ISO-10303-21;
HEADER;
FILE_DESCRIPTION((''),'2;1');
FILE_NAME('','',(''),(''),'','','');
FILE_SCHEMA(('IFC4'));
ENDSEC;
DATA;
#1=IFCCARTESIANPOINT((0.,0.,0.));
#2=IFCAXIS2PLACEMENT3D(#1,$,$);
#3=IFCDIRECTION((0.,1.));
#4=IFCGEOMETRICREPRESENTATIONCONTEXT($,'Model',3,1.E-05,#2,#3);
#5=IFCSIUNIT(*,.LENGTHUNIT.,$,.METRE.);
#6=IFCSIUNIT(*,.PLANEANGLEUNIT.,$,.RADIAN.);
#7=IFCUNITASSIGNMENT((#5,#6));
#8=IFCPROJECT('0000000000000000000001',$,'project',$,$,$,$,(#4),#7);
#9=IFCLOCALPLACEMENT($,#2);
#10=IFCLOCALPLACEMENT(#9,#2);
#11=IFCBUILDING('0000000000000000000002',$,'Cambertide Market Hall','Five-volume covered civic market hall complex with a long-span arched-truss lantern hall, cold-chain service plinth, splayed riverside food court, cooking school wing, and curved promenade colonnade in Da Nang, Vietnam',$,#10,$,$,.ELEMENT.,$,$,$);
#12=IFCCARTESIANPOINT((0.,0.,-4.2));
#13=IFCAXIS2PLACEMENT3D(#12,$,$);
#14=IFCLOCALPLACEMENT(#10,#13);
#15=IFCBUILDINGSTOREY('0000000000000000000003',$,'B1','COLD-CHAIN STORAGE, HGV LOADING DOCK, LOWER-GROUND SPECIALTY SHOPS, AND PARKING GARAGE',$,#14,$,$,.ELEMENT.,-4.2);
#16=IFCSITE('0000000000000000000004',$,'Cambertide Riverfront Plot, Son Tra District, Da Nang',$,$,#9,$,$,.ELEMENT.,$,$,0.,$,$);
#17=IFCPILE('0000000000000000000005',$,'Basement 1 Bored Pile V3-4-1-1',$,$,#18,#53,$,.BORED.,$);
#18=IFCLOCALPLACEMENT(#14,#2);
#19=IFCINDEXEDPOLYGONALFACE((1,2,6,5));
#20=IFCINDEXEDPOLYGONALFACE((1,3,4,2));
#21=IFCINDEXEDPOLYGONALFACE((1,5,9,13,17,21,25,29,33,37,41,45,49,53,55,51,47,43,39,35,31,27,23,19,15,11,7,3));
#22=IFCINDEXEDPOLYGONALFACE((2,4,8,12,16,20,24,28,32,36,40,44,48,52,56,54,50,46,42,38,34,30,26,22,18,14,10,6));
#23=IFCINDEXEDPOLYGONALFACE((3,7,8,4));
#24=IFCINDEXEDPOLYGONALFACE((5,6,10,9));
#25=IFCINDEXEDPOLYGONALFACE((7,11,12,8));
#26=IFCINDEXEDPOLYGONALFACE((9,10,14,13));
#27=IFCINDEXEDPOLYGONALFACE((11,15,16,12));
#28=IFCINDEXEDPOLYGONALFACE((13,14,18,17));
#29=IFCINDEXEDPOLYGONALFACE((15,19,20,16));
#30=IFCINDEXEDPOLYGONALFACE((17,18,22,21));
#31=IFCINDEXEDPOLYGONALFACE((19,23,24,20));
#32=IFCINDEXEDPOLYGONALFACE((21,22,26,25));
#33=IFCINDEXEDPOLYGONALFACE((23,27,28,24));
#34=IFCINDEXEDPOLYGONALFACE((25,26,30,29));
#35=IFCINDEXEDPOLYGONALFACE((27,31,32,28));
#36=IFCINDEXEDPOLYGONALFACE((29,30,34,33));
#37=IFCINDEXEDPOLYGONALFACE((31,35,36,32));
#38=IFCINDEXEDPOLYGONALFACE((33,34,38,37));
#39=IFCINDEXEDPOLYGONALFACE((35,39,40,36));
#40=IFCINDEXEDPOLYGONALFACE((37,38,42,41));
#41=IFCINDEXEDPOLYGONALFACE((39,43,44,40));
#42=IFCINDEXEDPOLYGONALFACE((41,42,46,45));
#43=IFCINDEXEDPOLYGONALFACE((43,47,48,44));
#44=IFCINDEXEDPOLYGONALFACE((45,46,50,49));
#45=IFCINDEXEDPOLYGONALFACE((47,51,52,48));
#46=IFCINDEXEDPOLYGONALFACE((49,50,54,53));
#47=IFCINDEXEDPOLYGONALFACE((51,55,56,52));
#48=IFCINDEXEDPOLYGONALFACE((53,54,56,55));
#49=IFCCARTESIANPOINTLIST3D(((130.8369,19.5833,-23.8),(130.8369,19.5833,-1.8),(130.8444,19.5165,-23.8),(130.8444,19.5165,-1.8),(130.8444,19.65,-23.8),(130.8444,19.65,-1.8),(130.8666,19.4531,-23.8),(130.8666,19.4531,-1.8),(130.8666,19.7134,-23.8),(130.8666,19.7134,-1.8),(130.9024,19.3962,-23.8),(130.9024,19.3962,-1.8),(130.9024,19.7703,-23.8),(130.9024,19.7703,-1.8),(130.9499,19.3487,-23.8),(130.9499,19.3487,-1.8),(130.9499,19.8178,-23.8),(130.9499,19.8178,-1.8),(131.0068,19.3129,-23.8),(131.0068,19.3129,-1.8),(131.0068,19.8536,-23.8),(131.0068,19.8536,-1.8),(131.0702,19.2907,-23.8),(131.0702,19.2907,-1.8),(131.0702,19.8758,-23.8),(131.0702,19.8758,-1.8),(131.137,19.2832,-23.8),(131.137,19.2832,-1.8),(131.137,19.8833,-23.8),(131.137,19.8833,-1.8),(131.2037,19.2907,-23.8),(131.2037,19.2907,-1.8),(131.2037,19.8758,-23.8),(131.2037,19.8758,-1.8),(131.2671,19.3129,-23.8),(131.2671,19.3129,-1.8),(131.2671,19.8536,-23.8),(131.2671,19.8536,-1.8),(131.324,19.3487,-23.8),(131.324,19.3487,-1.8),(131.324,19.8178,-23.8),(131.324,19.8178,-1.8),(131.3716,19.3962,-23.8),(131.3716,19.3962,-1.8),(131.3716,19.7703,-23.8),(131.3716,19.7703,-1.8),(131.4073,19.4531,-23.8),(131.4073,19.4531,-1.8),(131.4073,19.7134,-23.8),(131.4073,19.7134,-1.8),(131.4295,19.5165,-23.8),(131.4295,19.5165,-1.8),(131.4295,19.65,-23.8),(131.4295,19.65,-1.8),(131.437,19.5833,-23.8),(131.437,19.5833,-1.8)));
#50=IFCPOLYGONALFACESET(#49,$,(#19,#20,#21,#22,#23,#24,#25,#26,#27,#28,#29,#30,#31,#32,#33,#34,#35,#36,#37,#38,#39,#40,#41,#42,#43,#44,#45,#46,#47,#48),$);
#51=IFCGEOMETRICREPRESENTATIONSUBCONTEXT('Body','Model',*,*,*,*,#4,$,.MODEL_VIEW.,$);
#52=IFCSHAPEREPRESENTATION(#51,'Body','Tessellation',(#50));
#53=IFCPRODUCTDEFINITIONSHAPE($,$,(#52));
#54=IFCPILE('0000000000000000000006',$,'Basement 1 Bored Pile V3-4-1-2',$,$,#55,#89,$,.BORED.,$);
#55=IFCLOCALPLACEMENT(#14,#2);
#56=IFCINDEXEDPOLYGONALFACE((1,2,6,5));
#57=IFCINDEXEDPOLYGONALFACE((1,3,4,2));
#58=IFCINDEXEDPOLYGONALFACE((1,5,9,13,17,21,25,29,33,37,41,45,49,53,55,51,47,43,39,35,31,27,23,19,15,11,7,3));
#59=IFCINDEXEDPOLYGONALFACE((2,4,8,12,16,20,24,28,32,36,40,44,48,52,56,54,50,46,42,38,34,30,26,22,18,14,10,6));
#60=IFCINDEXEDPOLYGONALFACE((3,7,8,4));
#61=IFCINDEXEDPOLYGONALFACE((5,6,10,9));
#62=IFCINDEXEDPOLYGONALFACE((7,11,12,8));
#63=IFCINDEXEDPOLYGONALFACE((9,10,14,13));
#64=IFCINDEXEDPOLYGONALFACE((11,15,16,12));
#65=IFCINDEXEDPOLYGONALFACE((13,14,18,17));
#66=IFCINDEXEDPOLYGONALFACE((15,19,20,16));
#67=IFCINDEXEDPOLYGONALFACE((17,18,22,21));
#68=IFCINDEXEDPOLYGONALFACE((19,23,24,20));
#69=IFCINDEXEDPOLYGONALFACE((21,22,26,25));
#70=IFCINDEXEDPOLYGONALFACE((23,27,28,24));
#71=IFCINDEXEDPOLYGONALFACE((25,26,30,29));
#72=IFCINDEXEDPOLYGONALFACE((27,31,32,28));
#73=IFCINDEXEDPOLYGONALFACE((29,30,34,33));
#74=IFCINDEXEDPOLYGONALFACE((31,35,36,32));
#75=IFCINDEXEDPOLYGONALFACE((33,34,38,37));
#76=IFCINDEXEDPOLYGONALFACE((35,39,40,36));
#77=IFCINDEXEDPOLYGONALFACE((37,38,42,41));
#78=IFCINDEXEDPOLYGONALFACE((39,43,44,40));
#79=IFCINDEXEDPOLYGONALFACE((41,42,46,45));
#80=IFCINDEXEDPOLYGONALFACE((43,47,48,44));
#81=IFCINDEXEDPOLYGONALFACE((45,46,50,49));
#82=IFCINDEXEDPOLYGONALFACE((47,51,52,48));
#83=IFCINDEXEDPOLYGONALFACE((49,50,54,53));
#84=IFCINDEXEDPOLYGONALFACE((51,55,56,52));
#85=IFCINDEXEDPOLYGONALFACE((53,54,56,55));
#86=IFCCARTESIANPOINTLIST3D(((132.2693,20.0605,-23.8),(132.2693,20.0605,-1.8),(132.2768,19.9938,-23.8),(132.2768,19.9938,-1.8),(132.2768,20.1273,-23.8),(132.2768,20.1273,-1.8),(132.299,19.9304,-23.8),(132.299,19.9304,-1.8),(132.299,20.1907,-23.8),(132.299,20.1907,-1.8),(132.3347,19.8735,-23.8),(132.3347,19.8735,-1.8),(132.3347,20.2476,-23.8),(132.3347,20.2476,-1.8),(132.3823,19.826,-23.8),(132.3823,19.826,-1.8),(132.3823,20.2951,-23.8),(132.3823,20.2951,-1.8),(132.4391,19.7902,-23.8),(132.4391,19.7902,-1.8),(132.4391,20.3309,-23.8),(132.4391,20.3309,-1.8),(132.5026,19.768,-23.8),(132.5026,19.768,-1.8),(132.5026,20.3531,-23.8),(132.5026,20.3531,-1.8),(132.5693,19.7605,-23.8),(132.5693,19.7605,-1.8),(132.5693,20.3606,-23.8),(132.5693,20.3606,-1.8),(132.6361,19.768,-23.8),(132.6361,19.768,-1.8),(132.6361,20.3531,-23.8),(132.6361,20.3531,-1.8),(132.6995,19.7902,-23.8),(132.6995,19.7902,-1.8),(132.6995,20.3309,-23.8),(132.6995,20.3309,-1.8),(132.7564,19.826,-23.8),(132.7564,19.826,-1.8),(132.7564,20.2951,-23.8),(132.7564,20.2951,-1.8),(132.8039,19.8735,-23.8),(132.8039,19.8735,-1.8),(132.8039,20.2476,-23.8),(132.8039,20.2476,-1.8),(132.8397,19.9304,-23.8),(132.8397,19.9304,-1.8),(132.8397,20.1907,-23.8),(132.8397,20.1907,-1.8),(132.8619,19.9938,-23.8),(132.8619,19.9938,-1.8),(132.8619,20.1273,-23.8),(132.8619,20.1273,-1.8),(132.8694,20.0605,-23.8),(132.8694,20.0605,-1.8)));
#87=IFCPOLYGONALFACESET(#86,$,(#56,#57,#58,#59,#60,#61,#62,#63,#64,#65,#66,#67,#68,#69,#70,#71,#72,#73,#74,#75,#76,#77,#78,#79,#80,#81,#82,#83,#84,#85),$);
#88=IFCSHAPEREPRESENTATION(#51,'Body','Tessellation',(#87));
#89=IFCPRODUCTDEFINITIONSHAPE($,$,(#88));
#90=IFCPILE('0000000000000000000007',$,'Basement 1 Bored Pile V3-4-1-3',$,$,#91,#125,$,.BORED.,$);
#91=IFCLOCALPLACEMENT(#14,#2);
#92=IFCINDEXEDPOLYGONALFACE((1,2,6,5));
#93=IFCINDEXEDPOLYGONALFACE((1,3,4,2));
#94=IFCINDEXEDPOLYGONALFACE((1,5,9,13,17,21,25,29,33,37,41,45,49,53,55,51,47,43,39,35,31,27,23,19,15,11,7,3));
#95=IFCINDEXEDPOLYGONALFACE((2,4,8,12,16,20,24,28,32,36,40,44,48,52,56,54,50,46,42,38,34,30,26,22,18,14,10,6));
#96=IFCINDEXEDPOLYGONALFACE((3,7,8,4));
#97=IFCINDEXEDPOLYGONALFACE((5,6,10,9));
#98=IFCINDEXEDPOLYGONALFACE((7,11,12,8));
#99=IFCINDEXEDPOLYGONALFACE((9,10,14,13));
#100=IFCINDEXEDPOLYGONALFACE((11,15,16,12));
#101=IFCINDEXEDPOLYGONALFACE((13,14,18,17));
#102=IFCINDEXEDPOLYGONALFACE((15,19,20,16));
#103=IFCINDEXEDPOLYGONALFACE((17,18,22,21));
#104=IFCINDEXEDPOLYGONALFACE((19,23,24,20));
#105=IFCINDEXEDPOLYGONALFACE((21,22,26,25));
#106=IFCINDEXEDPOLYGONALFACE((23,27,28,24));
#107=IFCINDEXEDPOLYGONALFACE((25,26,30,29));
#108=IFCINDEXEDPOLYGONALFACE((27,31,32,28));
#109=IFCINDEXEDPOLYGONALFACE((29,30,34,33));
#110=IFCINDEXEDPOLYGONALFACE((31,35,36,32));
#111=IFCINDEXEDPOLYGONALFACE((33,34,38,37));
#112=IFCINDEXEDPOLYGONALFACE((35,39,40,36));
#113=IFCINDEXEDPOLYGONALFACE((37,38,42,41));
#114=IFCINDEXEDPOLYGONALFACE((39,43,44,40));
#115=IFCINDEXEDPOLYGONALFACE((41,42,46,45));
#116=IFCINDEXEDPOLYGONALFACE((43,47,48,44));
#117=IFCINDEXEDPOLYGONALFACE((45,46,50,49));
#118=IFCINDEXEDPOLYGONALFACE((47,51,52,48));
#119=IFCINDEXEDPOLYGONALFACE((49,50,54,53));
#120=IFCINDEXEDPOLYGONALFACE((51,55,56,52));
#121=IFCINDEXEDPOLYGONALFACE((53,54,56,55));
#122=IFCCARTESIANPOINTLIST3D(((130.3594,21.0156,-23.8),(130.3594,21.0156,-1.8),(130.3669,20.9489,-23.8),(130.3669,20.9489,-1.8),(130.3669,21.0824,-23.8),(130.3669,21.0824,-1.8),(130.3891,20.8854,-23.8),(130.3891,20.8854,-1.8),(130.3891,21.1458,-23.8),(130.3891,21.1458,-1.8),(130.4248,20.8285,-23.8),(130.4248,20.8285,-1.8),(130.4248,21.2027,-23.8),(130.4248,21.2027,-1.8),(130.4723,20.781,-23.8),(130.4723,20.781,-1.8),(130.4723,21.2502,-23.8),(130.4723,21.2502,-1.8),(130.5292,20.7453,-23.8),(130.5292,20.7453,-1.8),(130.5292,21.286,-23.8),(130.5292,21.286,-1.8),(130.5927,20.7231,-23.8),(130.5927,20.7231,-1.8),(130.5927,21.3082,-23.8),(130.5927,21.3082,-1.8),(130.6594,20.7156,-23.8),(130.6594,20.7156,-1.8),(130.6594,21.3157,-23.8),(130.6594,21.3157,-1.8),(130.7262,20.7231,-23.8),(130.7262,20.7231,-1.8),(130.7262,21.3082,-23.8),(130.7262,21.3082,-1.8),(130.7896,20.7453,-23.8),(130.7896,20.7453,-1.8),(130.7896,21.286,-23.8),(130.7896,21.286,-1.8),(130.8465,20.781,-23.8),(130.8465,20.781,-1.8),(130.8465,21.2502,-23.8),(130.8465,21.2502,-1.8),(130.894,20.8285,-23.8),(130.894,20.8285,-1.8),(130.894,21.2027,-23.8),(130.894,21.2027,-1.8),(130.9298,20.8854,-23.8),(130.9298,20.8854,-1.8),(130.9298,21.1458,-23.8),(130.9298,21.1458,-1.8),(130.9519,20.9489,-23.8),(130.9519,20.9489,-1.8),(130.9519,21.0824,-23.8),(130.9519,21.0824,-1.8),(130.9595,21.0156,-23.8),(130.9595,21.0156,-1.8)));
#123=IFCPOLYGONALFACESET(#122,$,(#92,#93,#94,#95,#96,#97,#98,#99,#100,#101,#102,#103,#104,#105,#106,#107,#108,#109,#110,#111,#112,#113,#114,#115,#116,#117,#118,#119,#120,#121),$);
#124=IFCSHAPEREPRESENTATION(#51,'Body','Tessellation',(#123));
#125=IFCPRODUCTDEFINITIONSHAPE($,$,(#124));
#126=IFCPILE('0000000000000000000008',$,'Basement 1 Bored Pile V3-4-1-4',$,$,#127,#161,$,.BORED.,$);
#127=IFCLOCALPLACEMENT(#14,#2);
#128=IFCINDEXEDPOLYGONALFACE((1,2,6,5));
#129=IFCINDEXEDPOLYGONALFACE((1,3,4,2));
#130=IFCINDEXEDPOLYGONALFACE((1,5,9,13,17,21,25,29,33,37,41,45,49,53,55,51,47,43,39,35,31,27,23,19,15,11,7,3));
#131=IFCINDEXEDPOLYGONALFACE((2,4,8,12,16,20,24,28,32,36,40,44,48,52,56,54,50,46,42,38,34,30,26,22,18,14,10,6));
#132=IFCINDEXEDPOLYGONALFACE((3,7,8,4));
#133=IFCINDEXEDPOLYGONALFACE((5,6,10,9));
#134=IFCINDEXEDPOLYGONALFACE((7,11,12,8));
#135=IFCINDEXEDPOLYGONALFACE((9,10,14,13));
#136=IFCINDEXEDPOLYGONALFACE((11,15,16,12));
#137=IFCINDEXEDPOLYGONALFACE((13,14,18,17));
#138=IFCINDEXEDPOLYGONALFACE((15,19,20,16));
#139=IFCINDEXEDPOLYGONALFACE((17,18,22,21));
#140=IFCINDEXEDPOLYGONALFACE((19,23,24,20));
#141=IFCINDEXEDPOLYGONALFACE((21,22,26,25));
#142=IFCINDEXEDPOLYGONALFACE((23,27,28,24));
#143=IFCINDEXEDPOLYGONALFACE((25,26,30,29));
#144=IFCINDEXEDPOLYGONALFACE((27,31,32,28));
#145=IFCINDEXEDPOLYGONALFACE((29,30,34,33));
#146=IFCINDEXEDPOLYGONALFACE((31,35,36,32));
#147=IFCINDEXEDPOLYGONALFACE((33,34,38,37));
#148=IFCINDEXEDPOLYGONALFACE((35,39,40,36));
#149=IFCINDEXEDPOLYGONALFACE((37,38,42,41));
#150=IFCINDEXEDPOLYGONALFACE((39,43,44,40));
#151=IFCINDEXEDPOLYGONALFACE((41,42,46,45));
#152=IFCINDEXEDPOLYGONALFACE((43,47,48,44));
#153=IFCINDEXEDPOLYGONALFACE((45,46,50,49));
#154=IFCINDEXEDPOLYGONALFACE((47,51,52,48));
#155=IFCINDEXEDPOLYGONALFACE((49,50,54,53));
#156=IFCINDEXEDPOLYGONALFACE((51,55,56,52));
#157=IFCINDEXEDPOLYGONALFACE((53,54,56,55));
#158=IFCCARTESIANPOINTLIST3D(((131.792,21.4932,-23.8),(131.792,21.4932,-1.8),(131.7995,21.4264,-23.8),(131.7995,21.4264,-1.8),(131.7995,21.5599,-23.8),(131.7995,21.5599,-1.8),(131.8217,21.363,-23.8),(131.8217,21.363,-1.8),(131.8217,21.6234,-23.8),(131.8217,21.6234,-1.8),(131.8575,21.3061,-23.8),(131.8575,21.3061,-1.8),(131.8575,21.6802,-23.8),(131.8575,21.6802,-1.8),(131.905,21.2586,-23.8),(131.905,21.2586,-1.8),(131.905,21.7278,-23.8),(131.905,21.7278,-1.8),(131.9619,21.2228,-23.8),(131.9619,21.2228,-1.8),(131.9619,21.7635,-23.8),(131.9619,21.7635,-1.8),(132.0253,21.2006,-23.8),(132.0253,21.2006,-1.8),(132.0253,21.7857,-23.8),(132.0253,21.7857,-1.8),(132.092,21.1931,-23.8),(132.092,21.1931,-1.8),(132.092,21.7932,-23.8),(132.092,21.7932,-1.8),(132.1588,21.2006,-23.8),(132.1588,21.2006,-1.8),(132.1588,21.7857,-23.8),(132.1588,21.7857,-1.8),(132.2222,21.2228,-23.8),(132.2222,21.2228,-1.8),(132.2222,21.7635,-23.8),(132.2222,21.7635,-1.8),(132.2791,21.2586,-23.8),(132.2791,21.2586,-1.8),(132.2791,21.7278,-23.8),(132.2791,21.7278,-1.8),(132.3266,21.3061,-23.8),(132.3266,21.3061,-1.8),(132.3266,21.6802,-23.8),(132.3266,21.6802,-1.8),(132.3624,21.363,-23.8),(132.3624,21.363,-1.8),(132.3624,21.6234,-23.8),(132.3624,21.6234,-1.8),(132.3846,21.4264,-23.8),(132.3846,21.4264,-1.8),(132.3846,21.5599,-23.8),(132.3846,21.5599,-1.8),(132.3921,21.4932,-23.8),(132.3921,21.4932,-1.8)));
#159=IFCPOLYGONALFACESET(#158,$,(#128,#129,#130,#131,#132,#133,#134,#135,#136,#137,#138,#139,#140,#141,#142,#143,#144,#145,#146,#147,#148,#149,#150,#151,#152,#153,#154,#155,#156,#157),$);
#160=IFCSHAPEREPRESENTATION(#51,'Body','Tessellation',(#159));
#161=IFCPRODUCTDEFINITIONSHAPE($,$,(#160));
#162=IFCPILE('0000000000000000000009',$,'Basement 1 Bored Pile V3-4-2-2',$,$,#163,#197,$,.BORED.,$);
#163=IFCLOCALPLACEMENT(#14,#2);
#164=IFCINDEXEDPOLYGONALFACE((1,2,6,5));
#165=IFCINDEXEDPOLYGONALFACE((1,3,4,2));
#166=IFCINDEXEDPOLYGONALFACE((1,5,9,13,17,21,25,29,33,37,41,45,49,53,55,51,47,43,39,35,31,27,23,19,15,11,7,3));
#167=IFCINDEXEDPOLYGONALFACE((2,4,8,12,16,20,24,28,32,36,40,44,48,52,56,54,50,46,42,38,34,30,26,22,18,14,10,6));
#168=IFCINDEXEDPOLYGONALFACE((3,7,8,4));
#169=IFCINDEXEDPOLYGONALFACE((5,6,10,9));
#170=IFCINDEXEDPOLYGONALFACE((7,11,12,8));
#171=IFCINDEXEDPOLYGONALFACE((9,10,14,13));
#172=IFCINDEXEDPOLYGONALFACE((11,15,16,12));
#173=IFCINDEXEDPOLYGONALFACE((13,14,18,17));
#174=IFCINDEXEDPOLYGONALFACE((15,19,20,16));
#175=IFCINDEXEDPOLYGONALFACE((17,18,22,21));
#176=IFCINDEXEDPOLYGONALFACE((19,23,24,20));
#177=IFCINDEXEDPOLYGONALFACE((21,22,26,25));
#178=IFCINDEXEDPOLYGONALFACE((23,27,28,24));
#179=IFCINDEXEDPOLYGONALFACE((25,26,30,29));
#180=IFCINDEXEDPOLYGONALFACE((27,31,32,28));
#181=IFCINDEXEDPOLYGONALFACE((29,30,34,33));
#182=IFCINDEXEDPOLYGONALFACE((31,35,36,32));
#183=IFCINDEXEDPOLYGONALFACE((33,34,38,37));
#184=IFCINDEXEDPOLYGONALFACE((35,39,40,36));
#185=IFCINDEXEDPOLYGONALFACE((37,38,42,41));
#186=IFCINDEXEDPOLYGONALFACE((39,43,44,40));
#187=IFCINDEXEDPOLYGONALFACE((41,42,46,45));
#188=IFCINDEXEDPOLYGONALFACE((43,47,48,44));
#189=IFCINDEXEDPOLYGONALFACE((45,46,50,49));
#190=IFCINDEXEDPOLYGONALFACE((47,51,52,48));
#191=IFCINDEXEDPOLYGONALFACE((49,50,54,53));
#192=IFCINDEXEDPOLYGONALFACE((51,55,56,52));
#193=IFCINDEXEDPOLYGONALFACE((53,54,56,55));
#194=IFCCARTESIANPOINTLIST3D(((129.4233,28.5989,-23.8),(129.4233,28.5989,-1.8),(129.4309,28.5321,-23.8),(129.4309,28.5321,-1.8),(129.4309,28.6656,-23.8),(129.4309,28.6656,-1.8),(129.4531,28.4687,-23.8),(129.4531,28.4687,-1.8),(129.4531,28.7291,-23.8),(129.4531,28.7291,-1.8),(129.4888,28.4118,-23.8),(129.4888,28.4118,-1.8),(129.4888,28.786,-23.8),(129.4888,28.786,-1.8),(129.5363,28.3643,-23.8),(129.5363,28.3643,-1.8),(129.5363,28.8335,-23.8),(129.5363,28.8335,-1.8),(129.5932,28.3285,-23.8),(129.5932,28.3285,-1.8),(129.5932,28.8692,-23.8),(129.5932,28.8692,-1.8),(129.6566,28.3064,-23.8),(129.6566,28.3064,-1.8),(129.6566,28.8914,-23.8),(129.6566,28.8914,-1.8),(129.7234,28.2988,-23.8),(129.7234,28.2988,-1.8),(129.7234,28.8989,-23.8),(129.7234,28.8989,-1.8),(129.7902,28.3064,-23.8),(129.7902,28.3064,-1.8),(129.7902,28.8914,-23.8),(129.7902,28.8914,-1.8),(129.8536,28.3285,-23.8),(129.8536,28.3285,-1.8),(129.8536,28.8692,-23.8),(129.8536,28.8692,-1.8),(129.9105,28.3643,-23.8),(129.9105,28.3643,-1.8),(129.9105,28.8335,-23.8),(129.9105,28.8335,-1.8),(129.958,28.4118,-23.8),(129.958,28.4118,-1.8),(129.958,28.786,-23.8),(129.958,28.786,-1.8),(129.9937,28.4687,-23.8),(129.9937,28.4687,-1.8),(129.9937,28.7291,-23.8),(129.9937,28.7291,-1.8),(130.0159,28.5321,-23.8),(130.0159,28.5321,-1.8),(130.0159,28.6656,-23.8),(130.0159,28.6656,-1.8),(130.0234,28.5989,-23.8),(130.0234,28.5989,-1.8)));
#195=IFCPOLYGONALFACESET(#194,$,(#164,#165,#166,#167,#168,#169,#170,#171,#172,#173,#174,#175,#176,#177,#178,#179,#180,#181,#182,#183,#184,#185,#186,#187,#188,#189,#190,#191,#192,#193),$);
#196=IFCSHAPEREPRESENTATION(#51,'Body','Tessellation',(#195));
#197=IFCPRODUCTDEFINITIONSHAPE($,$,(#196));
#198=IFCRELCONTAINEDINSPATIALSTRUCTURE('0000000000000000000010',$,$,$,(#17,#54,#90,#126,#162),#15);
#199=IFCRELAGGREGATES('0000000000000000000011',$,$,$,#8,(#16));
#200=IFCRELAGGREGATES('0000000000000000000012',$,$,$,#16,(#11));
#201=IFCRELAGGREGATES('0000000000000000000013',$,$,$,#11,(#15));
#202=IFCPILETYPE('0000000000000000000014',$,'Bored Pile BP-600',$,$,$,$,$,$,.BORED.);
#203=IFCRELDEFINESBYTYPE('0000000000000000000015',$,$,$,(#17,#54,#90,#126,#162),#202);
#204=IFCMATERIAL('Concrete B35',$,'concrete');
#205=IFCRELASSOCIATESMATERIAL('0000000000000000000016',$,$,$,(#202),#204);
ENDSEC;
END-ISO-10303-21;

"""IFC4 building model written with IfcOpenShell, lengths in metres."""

from ifc_helpers import new_model, si_unit, direction, frame, origin, origin_2d, place, context, subcontext, project, spatial, circle, extrude, material, material_profile, profile_set, type_object, element, save


model = new_model("IFC4")

# Units and contexts
model_context = context("Model", 3, precision=1e-05, world=origin(), true_north=direction((0.0, 1.0)))
body_context = subcontext(model_context, "Body", "Model", "MODEL_VIEW")
ifc_project = project(units=[si_unit("LENGTHUNIT", "METRE"), si_unit("PLANEANGLEUNIT", "RADIAN")], contexts=[model_context])

# Site, building, storey
site_placement = place(None, origin())
site = spatial("IfcSite", under=ifc_project, at=site_placement, Name="Cambertide Riverfront Plot, Son Tra District, Da Nang", CompositionType="ELEMENT", RefElevation=0.0)
building_placement = place(site_placement, origin())
building = spatial("IfcBuilding", under=site, at=building_placement, Name="Cambertide Market Hall", Description="Five-volume covered civic market hall complex with a long-span arched-truss lantern hall, cold-chain service plinth, splayed riverside food court, cooking school wing, and curved promenade colonnade in Da Nang, Vietnam", CompositionType="ELEMENT")
storey_placement = place(building_placement, frame((0.0, 0.0, -4.2)))
storey = spatial("IfcBuildingStorey", under=building, at=storey_placement, Name="B1", Description="COLD-CHAIN STORAGE, HGV LOADING DOCK, LOWER-GROUND SPECIALTY SHOPS, AND PARKING GARAGE", CompositionType="ELEMENT", Elevation=-4.2)

# Piles
ifc_material_1 = material(Name="Concrete B35", Category="concrete")
ifc_material_profile_1 = material_profile(ifc_material_1, circle(Radius=0.3, at=origin_2d()), Name="BP D600")
ifc_profile_set_1 = profile_set([ifc_material_profile_1], Name="Concrete B35")
pile_type = type_object("IfcPileType", Name="Bored Pile BP-600", PredefinedType="BORED", material=ifc_profile_set_1)
for number, where, z_axis, x_axis, name in (
    (1, (131.137, 19.5833, -1.8), (0.0, 0.0, -1.0), (1.0, 0.0, 0.0), "Basement 1 Bored Pile V3-4-1-1"),
    (2, (132.5693, 20.0605, -1.8), (0.0, 0.0, -1.0), (1.0, 0.0, 0.0), "Basement 1 Bored Pile V3-4-1-2"),
    (3, (130.6594, 21.0156, -1.8), (0.0, 0.0, -1.0), (1.0, 0.0, 0.0), "Basement 1 Bored Pile V3-4-1-3"),
    (4, (132.092, 21.4932, -1.8), (0.0, 0.0, -1.0), (1.0, 0.0, 0.0), "Basement 1 Bored Pile V3-4-1-4"),
    (5, (129.7234, 28.5989, -1.8), (0.0, 0.0, -1.0), (1.0, 0.0, 0.0), "Basement 1 Bored Pile V3-4-2-2"),
):
    element("IfcPile", number, at=place(storey_placement, frame(where, z_axis=z_axis, x_axis=x_axis)), inside=storey, type_object=pile_type, Name=name, PredefinedType="BORED", context=body_context, shape_type="SweptSolid", body=[
        extrude(circle(Radius=0.3, at=origin_2d()), origin(), (0.0, 0.0, 1.0), 22.0),
    ])

save(model, "model.ifc")
